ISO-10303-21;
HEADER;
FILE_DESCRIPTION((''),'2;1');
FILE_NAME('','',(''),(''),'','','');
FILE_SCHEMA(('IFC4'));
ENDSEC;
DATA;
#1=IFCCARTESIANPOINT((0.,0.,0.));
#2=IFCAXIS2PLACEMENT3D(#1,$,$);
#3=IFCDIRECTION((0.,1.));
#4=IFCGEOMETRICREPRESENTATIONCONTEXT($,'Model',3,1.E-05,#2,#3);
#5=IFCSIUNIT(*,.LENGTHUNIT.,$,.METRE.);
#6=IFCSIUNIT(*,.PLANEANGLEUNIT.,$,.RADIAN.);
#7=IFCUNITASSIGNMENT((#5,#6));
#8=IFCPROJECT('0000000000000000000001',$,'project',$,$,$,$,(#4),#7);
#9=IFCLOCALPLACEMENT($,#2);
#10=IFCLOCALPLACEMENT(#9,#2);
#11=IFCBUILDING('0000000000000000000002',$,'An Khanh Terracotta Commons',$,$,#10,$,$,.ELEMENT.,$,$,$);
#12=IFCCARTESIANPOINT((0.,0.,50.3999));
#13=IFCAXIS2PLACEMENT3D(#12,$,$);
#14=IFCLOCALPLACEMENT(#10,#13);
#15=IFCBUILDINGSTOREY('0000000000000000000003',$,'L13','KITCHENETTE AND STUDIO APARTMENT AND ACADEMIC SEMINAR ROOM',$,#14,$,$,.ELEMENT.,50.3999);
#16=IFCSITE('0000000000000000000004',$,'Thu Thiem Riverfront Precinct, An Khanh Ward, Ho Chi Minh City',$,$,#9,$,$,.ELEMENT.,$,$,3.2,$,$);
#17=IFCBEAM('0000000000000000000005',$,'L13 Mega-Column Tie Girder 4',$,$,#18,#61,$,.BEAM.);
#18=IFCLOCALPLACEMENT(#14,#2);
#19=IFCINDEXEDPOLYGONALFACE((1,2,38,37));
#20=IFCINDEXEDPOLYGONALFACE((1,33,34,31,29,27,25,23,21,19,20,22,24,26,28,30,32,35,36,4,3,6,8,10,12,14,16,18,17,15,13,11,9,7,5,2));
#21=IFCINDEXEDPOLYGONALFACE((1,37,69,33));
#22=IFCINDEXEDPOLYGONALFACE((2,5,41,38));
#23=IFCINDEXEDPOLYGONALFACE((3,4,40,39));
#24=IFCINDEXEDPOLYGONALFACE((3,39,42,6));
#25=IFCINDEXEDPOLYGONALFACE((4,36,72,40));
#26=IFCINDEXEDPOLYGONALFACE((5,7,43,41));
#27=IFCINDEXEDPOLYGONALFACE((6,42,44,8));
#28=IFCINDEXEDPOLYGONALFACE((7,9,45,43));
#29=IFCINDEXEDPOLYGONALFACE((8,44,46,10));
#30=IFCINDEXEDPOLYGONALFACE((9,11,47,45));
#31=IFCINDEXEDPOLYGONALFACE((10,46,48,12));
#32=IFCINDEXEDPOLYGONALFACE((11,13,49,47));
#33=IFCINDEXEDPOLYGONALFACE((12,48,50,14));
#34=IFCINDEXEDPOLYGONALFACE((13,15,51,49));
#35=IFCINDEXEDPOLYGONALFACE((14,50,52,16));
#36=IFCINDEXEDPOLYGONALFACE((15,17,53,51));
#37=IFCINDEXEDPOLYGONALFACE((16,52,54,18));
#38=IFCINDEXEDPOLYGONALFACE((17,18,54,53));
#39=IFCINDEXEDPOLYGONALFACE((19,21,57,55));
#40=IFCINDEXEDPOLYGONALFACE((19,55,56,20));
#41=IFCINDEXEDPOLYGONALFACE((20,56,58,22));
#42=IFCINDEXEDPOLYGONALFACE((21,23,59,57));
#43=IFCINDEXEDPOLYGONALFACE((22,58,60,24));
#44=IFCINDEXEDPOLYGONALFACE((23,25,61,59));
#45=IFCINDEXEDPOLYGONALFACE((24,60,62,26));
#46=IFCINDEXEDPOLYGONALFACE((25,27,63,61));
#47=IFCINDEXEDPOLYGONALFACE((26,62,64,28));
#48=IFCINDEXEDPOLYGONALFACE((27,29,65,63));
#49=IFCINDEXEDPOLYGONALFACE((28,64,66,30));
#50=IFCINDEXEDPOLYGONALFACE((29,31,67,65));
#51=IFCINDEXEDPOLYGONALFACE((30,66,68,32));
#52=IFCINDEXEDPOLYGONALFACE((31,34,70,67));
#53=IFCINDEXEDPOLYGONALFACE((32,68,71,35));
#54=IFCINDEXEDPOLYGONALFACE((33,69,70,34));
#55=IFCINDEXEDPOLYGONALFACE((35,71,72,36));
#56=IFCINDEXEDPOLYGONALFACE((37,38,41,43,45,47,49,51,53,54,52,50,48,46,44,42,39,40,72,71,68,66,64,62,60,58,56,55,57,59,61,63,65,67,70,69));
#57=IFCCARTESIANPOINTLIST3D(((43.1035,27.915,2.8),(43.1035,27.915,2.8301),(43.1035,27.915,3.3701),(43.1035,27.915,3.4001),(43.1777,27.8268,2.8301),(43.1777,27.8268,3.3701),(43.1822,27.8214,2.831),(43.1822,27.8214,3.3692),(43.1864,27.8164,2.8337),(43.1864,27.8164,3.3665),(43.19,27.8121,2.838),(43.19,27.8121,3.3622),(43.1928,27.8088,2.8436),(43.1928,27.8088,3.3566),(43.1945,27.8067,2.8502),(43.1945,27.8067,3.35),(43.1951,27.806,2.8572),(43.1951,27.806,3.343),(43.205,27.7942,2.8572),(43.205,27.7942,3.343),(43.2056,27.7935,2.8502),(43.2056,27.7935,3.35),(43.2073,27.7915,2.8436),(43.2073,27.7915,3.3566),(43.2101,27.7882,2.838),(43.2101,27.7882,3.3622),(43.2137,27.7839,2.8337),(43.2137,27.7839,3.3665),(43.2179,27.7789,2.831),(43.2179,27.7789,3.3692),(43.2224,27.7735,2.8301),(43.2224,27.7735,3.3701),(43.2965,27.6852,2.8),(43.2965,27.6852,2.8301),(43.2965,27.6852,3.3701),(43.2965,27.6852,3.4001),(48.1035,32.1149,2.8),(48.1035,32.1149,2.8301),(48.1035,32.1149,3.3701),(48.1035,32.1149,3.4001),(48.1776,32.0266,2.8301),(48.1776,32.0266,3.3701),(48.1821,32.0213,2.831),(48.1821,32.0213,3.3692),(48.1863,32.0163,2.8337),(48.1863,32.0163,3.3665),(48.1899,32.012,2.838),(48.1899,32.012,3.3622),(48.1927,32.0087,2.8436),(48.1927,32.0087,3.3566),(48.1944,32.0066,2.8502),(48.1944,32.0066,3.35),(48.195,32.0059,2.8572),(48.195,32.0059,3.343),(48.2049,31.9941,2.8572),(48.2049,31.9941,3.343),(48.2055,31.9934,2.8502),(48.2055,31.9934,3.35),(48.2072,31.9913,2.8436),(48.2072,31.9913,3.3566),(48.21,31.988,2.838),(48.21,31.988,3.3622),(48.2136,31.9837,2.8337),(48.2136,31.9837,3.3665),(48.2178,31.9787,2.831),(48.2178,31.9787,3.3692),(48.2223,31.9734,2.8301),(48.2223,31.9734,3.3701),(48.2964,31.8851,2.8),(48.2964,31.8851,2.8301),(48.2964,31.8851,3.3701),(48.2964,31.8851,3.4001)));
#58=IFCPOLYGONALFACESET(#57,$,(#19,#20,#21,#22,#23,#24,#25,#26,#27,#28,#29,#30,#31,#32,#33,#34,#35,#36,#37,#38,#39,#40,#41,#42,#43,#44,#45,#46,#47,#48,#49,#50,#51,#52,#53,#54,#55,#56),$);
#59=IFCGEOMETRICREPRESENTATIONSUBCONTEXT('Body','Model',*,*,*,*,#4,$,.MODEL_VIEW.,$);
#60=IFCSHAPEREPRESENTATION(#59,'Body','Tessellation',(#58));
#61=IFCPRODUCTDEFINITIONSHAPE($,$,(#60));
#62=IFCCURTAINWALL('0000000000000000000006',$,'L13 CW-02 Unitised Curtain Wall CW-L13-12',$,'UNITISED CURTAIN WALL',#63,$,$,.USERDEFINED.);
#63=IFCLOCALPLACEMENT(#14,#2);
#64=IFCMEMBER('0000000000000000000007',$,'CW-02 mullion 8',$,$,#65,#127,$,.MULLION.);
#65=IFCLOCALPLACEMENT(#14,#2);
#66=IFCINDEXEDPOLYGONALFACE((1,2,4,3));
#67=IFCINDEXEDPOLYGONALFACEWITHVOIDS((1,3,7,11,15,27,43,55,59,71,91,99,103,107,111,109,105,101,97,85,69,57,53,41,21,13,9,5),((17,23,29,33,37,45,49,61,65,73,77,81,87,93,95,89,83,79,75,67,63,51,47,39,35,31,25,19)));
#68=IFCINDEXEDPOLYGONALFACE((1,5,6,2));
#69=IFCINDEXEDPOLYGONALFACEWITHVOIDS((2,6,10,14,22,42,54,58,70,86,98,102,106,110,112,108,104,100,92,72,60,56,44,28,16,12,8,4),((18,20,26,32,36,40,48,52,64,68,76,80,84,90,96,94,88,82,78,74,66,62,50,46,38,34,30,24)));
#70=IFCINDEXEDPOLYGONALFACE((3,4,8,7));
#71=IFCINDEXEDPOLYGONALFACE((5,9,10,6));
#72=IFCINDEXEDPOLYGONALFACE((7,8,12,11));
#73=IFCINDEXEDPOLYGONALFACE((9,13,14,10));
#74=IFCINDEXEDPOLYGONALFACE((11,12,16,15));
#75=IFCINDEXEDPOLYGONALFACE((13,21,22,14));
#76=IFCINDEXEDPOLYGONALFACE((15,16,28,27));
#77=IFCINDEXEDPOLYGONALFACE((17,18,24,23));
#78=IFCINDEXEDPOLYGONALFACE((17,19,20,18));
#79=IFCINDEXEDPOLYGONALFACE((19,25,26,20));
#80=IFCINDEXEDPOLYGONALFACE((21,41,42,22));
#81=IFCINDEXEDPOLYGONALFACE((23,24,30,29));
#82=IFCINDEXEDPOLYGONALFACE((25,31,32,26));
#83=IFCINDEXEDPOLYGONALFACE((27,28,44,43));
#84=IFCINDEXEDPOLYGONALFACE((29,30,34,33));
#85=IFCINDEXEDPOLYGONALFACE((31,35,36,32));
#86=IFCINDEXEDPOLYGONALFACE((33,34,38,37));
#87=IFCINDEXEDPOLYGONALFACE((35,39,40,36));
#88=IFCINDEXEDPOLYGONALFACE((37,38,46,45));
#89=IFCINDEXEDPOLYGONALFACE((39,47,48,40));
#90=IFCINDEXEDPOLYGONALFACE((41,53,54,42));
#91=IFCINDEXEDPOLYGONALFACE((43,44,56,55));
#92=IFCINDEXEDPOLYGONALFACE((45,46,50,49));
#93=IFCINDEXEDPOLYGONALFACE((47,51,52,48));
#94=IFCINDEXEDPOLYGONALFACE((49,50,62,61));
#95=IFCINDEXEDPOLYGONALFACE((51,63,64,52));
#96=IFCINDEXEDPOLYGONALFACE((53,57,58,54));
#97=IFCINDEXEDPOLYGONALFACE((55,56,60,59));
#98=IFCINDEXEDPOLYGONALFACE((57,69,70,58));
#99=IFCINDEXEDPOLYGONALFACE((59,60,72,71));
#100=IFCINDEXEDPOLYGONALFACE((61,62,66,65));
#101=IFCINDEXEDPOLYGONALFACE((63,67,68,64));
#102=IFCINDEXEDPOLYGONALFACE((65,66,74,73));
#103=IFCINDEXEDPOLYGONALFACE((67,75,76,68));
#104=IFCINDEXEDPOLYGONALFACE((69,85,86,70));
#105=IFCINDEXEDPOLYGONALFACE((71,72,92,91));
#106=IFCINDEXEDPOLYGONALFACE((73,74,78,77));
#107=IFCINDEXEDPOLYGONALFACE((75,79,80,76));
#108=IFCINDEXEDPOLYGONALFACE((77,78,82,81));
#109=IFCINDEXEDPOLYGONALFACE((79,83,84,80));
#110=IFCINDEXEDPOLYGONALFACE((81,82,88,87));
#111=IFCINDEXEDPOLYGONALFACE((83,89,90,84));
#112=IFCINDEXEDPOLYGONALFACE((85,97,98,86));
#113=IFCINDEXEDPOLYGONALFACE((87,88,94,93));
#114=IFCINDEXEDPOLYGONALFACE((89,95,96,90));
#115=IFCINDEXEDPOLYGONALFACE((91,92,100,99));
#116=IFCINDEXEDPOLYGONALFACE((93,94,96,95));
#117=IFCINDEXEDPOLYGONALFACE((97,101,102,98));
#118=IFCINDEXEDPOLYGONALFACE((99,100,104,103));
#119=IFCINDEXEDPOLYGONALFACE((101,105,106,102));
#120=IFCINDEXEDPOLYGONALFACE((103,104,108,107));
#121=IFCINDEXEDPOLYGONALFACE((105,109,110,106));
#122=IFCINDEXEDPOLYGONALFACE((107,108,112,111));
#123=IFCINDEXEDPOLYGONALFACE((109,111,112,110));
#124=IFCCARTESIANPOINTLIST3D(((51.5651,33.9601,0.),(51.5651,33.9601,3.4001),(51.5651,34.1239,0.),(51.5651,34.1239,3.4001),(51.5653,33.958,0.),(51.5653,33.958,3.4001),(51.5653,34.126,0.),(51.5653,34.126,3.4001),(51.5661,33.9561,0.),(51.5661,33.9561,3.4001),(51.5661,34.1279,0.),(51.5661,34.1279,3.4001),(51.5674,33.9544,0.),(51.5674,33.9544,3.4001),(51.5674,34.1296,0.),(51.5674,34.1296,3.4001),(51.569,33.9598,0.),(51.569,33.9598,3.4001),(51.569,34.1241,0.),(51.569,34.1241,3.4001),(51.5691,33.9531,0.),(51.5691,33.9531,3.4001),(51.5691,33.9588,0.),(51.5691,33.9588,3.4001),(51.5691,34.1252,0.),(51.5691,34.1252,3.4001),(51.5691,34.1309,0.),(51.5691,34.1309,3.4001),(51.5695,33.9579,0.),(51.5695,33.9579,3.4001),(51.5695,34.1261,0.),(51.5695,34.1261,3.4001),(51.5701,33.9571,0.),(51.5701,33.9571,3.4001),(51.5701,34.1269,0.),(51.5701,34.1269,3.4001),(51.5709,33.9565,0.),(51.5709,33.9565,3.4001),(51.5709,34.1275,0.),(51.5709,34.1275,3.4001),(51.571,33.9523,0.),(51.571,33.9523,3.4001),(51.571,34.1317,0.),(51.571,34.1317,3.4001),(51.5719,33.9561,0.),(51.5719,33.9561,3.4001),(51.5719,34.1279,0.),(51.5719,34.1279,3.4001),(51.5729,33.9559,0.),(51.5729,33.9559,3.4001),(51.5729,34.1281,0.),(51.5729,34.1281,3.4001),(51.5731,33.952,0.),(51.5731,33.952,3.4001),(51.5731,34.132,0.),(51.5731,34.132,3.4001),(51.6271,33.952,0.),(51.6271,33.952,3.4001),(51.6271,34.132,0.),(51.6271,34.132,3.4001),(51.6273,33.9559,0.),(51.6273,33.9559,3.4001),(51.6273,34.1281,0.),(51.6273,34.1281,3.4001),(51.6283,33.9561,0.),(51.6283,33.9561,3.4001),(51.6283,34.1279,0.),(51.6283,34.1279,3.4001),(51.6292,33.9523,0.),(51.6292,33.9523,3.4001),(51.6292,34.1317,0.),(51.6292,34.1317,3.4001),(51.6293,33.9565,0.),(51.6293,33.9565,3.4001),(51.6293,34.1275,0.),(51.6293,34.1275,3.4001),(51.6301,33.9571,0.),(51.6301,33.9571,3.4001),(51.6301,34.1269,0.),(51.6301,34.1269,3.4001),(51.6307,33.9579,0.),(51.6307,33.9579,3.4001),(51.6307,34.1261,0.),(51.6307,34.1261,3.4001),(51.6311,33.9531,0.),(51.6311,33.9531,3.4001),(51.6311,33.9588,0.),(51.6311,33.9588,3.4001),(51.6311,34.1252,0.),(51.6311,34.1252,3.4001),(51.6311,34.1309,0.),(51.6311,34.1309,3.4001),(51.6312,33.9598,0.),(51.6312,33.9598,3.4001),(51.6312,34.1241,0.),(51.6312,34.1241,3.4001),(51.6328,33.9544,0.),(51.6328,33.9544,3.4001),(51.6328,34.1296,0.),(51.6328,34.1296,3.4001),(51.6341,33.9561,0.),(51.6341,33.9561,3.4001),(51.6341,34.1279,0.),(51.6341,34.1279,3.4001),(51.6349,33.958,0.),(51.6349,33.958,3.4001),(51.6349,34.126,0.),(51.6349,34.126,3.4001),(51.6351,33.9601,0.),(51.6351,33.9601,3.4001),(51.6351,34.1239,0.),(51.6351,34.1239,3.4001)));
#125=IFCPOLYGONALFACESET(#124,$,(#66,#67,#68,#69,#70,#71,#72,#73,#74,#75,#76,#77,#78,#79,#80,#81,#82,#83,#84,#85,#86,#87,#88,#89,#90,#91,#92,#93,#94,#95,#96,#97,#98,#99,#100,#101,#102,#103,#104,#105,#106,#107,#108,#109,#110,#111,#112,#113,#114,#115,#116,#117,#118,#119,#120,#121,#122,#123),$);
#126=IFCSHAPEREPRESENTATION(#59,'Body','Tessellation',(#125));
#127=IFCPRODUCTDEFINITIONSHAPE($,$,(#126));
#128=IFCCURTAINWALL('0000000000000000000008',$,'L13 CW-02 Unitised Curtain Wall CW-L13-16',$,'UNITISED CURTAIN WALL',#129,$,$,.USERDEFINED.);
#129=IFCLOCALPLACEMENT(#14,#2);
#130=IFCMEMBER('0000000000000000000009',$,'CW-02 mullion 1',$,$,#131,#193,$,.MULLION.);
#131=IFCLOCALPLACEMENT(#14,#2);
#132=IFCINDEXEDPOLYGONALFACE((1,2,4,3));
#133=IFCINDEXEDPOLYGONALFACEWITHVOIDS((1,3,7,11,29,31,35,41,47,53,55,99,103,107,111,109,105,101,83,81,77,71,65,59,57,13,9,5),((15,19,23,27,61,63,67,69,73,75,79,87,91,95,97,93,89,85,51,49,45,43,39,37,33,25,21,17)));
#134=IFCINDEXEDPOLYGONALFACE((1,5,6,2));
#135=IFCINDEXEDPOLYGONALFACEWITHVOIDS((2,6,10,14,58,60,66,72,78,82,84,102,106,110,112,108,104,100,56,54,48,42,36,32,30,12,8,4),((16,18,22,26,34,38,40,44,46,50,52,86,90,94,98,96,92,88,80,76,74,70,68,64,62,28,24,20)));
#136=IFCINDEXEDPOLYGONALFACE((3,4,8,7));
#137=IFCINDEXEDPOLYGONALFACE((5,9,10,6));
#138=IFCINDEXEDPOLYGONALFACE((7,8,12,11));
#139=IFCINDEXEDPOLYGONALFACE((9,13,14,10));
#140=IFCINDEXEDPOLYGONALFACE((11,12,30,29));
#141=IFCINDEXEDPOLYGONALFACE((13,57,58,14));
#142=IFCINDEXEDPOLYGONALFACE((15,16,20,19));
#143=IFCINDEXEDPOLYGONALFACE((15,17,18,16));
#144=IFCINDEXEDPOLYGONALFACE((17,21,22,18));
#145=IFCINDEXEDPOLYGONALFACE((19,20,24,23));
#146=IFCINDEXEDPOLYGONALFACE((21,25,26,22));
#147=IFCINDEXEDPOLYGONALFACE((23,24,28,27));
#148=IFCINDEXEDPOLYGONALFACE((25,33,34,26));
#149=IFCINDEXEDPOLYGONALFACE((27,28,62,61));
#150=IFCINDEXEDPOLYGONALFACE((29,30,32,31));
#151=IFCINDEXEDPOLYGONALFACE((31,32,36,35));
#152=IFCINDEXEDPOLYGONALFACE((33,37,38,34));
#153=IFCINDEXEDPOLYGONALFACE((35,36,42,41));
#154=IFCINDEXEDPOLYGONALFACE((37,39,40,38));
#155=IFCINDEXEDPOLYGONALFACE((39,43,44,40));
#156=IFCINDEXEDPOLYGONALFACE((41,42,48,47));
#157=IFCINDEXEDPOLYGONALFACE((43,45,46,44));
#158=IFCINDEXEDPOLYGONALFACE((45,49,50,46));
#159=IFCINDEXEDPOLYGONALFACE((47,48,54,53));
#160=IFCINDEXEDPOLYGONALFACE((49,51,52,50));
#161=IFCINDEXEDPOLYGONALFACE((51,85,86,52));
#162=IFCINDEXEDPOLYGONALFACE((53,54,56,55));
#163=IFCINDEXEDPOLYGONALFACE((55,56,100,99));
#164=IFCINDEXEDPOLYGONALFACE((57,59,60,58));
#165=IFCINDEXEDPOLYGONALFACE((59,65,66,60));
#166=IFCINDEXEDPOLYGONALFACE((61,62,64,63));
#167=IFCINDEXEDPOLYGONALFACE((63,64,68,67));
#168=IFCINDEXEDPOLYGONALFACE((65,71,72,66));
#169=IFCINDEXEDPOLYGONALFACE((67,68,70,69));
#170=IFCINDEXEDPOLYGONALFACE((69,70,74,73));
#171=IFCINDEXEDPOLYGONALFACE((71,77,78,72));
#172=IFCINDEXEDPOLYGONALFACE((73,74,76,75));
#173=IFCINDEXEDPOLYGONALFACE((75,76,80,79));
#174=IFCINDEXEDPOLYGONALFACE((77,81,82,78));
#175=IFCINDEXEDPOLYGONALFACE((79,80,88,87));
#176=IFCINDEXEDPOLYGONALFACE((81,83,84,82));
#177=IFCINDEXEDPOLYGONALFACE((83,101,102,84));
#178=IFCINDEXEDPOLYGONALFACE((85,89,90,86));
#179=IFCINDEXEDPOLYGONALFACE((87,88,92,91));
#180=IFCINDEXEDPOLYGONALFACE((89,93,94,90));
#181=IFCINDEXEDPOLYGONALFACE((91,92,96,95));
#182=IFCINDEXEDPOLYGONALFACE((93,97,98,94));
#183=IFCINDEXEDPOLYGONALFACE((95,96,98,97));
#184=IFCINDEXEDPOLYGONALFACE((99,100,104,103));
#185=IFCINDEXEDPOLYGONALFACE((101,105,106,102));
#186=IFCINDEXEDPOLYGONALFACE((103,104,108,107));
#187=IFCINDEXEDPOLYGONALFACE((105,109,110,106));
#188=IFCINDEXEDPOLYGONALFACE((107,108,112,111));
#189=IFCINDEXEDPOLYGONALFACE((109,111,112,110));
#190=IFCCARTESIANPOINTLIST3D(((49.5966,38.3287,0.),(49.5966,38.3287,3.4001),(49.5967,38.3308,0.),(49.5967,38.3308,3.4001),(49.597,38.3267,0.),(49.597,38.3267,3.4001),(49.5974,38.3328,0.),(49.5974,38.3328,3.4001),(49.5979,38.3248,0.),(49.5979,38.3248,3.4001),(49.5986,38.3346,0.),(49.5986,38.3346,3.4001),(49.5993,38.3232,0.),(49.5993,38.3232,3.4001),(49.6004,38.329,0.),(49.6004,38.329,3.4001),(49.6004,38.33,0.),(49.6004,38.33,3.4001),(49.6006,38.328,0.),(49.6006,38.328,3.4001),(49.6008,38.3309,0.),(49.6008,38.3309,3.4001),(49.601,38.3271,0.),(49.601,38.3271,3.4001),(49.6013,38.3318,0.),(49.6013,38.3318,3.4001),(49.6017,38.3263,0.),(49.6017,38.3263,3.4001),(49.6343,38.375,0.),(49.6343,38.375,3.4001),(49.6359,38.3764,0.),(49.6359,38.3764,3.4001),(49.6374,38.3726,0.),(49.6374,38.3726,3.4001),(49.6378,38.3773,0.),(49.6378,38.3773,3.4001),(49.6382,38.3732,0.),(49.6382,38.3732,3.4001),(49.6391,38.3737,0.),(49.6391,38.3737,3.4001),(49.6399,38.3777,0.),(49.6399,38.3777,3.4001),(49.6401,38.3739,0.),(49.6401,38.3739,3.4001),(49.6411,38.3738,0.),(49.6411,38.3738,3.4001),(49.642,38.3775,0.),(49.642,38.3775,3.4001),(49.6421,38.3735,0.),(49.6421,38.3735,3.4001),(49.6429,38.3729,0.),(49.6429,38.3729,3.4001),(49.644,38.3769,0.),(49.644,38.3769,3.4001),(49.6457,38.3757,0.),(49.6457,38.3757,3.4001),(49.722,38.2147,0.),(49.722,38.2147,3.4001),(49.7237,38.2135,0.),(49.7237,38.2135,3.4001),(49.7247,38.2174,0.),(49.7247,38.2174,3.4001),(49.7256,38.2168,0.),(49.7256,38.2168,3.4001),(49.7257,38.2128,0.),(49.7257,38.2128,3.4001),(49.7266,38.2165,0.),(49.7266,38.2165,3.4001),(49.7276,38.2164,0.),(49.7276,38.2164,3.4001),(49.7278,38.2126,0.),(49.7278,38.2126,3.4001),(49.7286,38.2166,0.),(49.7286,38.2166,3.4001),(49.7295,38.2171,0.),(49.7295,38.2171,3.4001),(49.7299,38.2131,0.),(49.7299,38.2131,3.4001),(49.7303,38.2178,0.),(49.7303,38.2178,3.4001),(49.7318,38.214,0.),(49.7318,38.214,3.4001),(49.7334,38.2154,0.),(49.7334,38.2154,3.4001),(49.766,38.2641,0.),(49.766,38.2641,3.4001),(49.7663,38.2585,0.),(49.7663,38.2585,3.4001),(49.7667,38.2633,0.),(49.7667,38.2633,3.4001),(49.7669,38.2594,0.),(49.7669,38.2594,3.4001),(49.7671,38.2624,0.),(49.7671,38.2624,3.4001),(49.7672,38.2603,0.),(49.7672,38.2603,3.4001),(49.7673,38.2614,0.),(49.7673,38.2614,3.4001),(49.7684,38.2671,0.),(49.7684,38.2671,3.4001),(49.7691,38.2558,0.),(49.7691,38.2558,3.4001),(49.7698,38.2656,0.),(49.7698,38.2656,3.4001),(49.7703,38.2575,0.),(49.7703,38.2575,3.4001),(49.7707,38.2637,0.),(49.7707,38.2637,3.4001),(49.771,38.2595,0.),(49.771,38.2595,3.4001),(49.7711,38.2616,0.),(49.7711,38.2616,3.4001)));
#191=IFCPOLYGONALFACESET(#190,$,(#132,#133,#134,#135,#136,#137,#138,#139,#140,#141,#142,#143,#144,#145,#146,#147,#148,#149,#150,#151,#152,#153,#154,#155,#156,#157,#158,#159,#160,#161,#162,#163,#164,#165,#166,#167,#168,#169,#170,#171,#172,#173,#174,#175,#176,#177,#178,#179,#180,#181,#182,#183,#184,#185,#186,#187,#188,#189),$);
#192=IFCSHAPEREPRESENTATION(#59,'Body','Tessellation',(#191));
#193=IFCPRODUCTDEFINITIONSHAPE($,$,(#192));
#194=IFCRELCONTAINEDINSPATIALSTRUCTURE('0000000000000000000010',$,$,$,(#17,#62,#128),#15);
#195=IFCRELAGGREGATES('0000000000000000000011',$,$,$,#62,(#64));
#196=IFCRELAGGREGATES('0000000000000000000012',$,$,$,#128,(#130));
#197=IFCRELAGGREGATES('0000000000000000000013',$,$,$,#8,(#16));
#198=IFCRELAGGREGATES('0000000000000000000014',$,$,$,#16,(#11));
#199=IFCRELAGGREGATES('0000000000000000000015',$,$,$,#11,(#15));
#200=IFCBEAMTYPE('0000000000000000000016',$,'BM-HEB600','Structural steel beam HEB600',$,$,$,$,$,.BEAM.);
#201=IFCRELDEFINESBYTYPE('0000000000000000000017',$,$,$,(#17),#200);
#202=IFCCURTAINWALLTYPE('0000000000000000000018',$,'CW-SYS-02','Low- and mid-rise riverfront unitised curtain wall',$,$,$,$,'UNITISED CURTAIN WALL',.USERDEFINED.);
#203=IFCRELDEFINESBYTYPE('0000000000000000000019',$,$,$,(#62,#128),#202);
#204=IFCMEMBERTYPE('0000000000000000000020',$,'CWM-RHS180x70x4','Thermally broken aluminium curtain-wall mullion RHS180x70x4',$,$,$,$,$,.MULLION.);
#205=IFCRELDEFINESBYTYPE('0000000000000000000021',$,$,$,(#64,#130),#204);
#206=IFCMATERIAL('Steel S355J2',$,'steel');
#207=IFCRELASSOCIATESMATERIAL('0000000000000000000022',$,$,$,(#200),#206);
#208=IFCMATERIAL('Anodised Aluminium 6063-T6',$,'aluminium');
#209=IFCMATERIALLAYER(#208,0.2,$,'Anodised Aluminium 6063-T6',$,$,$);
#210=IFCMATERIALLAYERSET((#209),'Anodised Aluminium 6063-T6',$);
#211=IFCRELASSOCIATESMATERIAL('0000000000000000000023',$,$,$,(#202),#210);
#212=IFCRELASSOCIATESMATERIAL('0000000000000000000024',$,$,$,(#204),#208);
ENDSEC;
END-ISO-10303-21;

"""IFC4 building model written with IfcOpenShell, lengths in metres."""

from ifc_helpers import new_model, si_unit, direction, frame, origin, origin_2d, place, context, subcontext, project, spatial, hollow_rectangle, i_section, extrude, material, layer, layer_set, material_profile, profile_set, type_object, element, aggregate, save


model = new_model("IFC4")

# Units and contexts
model_context = context("Model", 3, precision=1e-05, world=origin(), true_north=direction((0.0, 1.0)))
body_context = subcontext(model_context, "Body", "Model", "MODEL_VIEW")
ifc_project = project(units=[si_unit("LENGTHUNIT", "METRE"), si_unit("PLANEANGLEUNIT", "RADIAN")], contexts=[model_context])

# Site, building, storey
site_placement = place(None, origin())
site = spatial("IfcSite", under=ifc_project, at=site_placement, Name="Thu Thiem Riverfront Precinct, An Khanh Ward, Ho Chi Minh City", CompositionType="ELEMENT", RefElevation=3.2)
building_placement = place(site_placement, origin())
building = spatial("IfcBuilding", under=site, at=building_placement, Name="An Khanh Terracotta Commons", CompositionType="ELEMENT")
storey_placement = place(building_placement, frame((0.0, 0.0, 50.3999)))
storey = spatial("IfcBuildingStorey", under=building, at=storey_placement, Name="L13", Description="KITCHENETTE AND STUDIO APARTMENT AND ACADEMIC SEMINAR ROOM", CompositionType="ELEMENT", Elevation=50.3999)

# Beam
ifc_material_1 = material(Name="Steel S355J2", Category="steel")
ifc_material_profile_1 = material_profile(ifc_material_1, i_section(OverallWidth=0.3, OverallDepth=0.6001, WebThickness=0.0154, FlangeThickness=0.03, FilletRadius=0.0271, at=origin_2d()), Name="HEB600")
ifc_profile_set_1 = profile_set([ifc_material_profile_1], Name="Steel S355J2")
beam_type = type_object("IfcBeamType", Name="BM-HEB600", Description="Structural steel beam HEB600", PredefinedType="BEAM", material=ifc_profile_set_1)
beam_placement = place(storey_placement, frame((48.2, 32.0, 3.1001), z_axis=(-0.765709, -0.643188, 0.0), x_axis=(0.643188, -0.765709, 0.0)))
element("IfcBeam", 1, at=beam_placement, inside=storey, type_object=beam_type, Name="L13 Mega-Column Tie Girder 4", PredefinedType="BEAM", context=body_context, shape_type="SweptSolid", body=[
    extrude(i_section(OverallWidth=0.3, OverallDepth=0.6001, WebThickness=0.0154, FlangeThickness=0.03, FilletRadius=0.0271, at=origin_2d()), origin(), (0.0, 0.0, 1.0), 6.5298),
])

# Curtain wall, member
ifc_material_2 = material(Name="Anodised Aluminium 6063-T6", Category="aluminium")
ifc_layer_1 = layer(ifc_material_2, 0.2, Name="Anodised Aluminium 6063-T6")
ifc_layer_set_1 = layer_set([ifc_layer_1], Name="Anodised Aluminium 6063-T6")
curtain_wall_type = type_object("IfcCurtainWallType", Name="CW-SYS-02", Description="Low- and mid-rise riverfront unitised curtain wall", ElementType="UNITISED CURTAIN WALL", PredefinedType="USERDEFINED", material=ifc_layer_set_1)
curtain_wall_1_placement = place(storey_placement, origin())
curtain_wall_1 = element("IfcCurtainWall", 2, at=curtain_wall_1_placement, inside=storey, type_object=curtain_wall_type, Name="L13 CW-02 Unitised Curtain Wall CW-L13-12", ObjectType="UNITISED CURTAIN WALL", PredefinedType="USERDEFINED")
ifc_material_profile_2 = material_profile(ifc_material_2, hollow_rectangle(XDim=0.0701, YDim=0.1799, WallThickness=0.0039, InnerFilletRadius=0.0039, OuterFilletRadius=0.0081, at=origin_2d()), Name="RHS180x70x4")
ifc_profile_set_2 = profile_set([ifc_material_profile_2], Name="Anodised Aluminium 6063-T6")
member_type_1 = type_object("IfcMemberType", Name="CWM-RHS180x70x4", Description="Thermally broken aluminium curtain-wall mullion RHS180x70x4", PredefinedType="MULLION", material=ifc_profile_set_2)
member_1_placement = place(storey_placement, frame((51.6001, 34.042, 0.0), z_axis=(0.0, 0.0, 1.0), x_axis=(-1.0, 0.0, 0.0)))
member_1 = element("IfcMember", 3, at=member_1_placement, type_object=member_type_1, Name="CW-02 mullion 8", PredefinedType="MULLION", context=body_context, shape_type="SweptSolid", body=[
    extrude(hollow_rectangle(XDim=0.0701, YDim=0.1799, WallThickness=0.0039, InnerFilletRadius=0.0039, OuterFilletRadius=0.0081, at=origin_2d()), origin(), (0.0, 0.0, 1.0), 3.4001),
])

# Curtain wall, member
curtain_wall_2_placement = place(storey_placement, origin())
curtain_wall_2 = element("IfcCurtainWall", 4, at=curtain_wall_2_placement, inside=storey, type_object=curtain_wall_type, Name="L13 CW-02 Unitised Curtain Wall CW-L13-16", ObjectType="UNITISED CURTAIN WALL", PredefinedType="USERDEFINED")
member_2_placement = place(storey_placement, frame((49.6838, 38.2952, 0.0), z_axis=(0.0, 0.0, 1.0), x_axis=(-0.662548, -0.749019, 0.0)))
member_2 = element("IfcMember", 5, at=member_2_placement, type_object=member_type_1, Name="CW-02 mullion 1", PredefinedType="MULLION", context=body_context, shape_type="SweptSolid", body=[
    extrude(hollow_rectangle(XDim=0.0701, YDim=0.1799, WallThickness=0.0039, InnerFilletRadius=0.0039, OuterFilletRadius=0.0081, at=origin_2d()), origin(), (0.0, 0.0, 1.0), 3.4001),
])

aggregate(curtain_wall_1, [member_1])
aggregate(curtain_wall_2, [member_2])

save(model, "model.ifc")
